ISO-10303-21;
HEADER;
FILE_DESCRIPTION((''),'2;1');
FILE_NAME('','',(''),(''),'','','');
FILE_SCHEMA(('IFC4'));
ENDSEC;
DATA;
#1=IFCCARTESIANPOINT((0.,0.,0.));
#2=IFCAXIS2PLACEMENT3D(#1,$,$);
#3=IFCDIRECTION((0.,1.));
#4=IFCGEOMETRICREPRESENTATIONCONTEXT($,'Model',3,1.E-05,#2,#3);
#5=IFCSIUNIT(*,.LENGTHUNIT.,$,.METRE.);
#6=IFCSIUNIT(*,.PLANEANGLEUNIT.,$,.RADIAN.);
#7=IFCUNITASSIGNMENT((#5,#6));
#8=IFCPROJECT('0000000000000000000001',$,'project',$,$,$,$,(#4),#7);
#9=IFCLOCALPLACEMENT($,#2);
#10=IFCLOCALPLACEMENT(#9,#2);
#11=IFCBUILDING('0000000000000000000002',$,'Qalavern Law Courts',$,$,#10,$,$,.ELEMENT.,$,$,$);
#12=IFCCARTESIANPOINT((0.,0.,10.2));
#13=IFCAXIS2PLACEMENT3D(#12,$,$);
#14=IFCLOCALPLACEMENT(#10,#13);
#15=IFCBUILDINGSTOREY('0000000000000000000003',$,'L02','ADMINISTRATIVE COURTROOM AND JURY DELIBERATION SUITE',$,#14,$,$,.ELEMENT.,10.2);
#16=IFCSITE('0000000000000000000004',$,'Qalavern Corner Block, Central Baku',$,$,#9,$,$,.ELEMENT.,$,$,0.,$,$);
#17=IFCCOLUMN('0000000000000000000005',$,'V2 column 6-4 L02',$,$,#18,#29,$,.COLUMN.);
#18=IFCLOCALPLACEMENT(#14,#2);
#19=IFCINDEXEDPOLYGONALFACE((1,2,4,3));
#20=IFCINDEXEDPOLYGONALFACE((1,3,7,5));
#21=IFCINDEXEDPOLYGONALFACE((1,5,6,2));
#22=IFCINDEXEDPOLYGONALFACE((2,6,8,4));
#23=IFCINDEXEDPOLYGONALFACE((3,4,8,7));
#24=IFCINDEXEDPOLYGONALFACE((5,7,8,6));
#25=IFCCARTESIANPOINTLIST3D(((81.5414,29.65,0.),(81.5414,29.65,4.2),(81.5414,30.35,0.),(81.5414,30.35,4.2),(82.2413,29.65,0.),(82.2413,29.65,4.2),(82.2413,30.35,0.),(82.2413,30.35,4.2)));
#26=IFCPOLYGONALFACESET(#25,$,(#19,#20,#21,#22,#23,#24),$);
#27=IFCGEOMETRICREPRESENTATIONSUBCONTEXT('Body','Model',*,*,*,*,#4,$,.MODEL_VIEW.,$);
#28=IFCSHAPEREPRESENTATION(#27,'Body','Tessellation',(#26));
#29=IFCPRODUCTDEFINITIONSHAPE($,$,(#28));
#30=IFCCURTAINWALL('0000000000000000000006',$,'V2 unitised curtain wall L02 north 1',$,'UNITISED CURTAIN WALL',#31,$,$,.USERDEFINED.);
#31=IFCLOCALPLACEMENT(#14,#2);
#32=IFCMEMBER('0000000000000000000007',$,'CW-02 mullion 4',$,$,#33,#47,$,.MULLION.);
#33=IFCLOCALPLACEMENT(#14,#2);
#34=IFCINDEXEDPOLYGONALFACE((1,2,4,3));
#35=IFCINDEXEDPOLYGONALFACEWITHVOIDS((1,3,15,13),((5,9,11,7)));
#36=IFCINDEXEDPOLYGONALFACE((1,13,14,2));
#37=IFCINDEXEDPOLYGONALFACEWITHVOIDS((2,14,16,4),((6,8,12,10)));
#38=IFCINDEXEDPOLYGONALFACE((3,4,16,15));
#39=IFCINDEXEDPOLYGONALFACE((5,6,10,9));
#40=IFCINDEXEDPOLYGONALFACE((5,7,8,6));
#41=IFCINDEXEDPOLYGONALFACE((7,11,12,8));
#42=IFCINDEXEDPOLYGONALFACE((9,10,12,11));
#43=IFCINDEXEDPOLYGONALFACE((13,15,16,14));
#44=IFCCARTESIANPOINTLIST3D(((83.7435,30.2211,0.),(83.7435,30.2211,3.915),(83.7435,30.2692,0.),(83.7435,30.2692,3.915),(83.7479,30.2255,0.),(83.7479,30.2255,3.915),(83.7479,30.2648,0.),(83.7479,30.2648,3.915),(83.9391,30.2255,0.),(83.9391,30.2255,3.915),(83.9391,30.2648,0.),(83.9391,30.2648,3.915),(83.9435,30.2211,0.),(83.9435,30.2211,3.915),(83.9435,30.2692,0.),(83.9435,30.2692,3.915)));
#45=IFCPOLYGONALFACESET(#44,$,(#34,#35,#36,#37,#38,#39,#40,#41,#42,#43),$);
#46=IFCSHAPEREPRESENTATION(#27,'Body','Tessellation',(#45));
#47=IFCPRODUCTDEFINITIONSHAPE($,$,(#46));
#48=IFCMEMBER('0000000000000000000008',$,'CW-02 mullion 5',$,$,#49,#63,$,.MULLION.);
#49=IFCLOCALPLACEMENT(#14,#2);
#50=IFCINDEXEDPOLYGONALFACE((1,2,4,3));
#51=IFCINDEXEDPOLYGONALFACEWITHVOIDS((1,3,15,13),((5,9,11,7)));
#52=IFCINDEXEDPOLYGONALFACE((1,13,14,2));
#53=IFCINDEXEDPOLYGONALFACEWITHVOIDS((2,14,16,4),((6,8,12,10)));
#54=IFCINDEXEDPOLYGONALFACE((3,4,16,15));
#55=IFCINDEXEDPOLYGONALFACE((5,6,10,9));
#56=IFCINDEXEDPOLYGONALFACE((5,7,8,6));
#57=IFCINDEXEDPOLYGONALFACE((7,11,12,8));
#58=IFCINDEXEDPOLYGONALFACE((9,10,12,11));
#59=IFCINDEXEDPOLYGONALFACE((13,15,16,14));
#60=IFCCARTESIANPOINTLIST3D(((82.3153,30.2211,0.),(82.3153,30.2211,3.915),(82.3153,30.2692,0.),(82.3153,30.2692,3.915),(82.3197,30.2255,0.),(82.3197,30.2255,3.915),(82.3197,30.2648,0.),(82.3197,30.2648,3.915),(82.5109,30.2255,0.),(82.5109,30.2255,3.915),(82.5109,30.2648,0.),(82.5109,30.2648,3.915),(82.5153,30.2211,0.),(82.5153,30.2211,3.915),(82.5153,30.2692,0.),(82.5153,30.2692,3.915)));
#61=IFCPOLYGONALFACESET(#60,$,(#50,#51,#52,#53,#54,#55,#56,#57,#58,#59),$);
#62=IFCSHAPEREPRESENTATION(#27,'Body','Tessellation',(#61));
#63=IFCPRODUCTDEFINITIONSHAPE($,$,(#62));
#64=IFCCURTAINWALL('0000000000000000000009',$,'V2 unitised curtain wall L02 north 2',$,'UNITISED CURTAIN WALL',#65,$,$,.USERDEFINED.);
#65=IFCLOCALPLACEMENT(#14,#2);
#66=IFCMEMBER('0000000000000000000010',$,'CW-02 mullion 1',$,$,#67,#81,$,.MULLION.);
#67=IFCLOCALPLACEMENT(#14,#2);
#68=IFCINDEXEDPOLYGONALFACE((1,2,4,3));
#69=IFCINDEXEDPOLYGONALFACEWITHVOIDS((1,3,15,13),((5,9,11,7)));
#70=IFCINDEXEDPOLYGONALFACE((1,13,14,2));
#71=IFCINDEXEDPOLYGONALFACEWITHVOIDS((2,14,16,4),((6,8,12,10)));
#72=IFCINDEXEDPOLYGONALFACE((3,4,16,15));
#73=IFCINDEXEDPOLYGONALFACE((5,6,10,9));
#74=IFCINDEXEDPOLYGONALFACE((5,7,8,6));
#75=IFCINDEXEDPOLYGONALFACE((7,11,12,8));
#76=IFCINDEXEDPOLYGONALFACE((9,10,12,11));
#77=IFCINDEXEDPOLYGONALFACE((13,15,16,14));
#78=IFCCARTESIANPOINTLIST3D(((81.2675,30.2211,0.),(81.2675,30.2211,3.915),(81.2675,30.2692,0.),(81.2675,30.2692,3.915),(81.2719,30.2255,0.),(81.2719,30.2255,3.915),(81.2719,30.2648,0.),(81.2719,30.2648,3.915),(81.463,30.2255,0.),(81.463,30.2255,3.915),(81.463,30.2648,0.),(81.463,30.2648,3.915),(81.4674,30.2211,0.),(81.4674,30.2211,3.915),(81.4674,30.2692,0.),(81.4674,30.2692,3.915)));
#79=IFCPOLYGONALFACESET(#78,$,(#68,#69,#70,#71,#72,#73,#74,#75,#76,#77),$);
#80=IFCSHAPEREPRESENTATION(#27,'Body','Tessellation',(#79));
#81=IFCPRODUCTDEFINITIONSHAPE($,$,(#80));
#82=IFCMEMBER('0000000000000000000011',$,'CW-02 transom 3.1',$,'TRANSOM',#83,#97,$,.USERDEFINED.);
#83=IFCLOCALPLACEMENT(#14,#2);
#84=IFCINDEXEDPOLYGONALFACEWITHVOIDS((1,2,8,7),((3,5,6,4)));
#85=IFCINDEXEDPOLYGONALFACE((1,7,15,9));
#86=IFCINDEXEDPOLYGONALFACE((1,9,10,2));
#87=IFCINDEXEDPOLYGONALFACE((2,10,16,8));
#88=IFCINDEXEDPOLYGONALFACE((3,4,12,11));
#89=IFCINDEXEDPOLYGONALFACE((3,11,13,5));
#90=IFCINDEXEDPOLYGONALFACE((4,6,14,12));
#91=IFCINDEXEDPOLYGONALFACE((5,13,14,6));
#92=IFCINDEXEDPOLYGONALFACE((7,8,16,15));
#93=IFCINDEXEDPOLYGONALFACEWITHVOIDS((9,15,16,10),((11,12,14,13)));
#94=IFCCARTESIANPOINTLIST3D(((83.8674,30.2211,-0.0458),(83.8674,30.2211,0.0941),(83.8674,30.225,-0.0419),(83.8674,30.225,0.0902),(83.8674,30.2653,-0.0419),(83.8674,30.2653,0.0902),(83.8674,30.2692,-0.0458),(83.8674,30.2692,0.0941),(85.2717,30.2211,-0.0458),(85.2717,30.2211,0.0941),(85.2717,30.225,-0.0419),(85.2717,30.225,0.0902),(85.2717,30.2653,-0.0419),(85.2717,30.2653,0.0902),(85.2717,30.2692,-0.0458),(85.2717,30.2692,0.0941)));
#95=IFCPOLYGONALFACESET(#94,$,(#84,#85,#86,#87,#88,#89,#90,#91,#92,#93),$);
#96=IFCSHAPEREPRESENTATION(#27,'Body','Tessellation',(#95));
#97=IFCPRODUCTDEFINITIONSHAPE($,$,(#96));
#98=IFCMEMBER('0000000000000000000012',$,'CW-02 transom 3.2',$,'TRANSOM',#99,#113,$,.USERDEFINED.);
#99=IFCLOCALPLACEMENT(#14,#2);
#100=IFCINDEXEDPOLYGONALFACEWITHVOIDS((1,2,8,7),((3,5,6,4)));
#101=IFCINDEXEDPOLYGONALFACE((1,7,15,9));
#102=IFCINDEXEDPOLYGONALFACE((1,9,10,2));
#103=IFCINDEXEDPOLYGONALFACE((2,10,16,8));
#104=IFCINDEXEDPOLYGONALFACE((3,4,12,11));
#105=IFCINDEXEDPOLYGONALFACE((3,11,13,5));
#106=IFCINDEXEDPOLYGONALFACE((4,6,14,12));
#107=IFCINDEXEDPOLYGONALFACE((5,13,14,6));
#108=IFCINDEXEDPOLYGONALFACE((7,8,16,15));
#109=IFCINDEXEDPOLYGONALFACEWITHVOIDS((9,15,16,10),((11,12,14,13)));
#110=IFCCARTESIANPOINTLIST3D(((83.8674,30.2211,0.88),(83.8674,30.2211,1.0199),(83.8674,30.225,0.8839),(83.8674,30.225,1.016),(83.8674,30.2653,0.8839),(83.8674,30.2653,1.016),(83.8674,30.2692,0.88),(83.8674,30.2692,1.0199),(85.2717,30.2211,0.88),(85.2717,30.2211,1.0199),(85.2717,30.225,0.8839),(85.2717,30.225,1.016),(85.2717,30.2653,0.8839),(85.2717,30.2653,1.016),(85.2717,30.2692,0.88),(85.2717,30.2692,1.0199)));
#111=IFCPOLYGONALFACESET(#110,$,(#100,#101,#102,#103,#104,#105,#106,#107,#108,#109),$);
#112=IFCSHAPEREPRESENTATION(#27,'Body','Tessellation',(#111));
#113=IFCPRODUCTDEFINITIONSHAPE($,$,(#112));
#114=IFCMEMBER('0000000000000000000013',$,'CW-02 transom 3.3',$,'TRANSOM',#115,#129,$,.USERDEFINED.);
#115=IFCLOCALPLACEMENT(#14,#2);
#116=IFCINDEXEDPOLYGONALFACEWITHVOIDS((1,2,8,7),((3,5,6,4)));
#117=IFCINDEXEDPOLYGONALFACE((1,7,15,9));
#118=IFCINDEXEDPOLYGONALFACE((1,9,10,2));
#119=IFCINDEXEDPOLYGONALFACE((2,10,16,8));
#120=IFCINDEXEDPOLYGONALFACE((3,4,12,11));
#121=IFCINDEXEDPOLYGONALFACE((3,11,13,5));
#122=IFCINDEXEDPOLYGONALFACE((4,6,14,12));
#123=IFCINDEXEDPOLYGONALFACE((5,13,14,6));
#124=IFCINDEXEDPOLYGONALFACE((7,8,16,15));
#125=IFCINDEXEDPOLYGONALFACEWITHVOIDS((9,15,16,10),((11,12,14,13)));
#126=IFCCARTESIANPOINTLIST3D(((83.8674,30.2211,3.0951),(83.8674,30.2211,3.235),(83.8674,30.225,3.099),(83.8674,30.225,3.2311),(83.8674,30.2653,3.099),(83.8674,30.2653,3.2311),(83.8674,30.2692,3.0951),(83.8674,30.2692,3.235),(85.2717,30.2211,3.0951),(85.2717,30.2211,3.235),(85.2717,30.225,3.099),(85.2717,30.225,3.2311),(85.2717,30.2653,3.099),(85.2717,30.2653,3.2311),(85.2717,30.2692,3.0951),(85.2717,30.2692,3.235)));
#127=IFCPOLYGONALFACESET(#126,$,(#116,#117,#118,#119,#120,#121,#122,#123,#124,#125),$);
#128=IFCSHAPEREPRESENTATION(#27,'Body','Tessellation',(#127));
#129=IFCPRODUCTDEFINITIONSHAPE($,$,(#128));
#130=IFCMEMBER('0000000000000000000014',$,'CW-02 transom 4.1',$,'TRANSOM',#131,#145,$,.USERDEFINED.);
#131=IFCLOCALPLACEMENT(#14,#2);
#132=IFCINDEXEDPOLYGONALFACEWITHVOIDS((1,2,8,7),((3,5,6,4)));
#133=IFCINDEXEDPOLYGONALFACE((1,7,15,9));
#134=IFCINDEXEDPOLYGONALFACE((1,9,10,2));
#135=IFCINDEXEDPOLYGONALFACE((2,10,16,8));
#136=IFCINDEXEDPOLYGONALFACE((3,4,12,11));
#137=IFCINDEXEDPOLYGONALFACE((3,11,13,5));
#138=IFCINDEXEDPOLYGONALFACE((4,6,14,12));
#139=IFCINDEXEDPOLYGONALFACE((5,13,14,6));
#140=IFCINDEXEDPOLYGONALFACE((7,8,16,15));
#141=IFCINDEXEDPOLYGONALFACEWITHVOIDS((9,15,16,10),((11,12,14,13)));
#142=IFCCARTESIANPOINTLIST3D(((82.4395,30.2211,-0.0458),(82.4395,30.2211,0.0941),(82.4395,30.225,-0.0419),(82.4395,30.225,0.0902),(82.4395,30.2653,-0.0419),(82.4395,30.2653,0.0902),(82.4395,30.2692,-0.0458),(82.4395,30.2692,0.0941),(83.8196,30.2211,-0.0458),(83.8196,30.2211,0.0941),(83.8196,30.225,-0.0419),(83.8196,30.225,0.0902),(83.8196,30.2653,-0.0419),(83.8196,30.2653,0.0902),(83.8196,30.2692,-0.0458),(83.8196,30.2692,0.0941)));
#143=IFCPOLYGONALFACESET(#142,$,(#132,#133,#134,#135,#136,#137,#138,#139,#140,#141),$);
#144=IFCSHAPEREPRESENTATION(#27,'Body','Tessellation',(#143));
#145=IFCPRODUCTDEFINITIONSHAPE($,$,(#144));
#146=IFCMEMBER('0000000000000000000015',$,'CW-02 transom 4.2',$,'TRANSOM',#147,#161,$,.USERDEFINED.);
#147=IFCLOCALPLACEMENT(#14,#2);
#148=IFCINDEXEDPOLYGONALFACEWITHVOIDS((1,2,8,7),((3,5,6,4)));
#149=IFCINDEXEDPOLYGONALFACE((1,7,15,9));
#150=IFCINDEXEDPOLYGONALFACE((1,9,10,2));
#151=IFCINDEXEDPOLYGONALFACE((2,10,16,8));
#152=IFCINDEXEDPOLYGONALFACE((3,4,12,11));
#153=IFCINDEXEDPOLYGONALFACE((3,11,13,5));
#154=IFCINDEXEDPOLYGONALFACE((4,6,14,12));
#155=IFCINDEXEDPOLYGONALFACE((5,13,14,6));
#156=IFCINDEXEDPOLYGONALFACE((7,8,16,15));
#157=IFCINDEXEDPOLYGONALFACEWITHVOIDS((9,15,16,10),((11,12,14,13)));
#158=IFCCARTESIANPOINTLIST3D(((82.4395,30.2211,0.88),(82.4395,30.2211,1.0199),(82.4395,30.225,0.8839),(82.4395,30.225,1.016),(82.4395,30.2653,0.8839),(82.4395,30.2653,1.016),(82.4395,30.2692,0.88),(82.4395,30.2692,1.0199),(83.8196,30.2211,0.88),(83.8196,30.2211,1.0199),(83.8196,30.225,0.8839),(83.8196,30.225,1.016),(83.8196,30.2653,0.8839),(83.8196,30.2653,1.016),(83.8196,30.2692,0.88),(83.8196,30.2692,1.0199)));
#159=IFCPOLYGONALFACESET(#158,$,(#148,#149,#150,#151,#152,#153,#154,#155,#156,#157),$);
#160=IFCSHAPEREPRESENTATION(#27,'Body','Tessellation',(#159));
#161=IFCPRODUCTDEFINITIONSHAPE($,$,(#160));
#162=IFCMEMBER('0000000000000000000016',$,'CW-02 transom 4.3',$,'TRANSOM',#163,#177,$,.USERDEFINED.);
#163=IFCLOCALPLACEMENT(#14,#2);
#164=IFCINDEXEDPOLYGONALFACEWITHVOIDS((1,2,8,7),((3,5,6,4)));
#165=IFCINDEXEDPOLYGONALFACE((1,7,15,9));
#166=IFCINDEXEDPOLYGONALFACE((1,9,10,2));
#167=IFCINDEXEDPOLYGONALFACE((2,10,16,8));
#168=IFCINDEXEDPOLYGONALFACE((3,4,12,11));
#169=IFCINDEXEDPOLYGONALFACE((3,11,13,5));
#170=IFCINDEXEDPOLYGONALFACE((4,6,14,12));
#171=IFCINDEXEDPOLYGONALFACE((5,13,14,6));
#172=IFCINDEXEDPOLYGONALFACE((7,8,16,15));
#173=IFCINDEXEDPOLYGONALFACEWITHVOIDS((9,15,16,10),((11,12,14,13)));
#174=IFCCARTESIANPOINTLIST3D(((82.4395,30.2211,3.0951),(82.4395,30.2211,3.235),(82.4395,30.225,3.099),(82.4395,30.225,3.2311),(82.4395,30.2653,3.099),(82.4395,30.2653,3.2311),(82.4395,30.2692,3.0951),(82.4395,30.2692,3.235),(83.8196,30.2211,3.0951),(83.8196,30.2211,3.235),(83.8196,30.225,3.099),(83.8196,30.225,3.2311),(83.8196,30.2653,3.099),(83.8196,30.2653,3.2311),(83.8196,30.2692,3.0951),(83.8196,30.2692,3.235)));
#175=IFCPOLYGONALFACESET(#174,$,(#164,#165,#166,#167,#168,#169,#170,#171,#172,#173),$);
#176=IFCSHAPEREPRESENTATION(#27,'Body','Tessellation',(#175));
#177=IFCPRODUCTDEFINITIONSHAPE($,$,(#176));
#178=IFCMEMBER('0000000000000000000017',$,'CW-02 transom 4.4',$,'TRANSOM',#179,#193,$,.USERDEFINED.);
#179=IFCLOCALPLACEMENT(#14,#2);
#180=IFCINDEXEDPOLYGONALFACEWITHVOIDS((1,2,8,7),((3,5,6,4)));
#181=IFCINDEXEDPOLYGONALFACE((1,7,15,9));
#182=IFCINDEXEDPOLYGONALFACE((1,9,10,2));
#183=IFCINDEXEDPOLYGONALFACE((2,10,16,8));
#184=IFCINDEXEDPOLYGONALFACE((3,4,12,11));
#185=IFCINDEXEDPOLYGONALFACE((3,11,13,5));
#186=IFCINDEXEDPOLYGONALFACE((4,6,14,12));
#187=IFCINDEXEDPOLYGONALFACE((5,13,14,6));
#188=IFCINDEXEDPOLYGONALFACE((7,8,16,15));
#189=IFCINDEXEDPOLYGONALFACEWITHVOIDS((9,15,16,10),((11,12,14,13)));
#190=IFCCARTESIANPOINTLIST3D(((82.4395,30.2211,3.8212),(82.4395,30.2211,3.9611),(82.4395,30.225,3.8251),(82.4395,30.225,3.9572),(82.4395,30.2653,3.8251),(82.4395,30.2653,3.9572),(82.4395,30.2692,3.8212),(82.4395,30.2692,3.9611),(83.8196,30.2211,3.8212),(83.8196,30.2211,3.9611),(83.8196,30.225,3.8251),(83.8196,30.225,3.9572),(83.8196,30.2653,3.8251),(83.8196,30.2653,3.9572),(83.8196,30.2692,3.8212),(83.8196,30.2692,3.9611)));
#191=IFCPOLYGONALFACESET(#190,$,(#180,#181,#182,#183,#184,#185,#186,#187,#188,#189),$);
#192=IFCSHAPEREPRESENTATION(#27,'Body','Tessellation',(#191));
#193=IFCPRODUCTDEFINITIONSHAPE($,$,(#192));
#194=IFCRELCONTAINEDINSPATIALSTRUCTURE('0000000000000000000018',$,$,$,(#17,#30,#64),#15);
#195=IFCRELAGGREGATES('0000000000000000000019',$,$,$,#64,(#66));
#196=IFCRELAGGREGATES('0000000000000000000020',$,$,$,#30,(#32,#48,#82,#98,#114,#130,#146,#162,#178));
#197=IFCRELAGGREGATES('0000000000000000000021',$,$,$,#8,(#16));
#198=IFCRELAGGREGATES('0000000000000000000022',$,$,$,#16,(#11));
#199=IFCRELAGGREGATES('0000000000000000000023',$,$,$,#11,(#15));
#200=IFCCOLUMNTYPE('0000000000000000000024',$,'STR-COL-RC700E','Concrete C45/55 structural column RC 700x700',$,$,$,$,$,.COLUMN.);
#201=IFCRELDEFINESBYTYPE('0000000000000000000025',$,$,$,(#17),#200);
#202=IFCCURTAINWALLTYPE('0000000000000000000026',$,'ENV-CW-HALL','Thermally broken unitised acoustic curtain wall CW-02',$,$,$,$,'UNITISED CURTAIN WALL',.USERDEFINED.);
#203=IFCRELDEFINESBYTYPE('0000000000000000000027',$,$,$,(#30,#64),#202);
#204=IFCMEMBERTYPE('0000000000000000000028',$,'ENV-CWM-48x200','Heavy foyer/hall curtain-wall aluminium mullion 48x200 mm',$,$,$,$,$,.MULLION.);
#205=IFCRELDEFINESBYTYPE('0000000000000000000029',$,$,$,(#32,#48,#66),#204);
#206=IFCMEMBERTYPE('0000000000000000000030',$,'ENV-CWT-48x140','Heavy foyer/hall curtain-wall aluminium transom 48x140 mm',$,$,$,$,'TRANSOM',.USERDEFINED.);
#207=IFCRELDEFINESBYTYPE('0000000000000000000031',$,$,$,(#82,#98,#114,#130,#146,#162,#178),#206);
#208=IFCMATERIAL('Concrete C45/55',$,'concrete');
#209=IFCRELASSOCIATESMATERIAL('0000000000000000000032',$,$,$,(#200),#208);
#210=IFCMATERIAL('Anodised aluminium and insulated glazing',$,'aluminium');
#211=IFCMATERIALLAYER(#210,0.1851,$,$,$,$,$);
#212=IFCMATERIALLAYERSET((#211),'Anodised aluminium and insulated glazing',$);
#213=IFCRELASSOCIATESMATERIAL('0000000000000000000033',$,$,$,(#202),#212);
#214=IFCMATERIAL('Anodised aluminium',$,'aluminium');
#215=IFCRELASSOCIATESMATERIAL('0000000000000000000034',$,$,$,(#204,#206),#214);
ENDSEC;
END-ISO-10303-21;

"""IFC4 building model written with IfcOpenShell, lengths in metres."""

from ifc_helpers import new_model, si_unit, direction, frame, origin, origin_2d, place, context, subcontext, project, spatial, rectangle, hollow_rectangle, extrude, material, layer, layer_set, material_profile, profile_set, type_object, element, aggregate, save


model = new_model("IFC4")

# Units and contexts
model_context = context("Model", 3, precision=1e-05, world=origin(), true_north=direction((0.0, 1.0)))
body_context = subcontext(model_context, "Body", "Model", "MODEL_VIEW")
ifc_project = project(units=[si_unit("LENGTHUNIT", "METRE"), si_unit("PLANEANGLEUNIT", "RADIAN")], contexts=[model_context])

# Site, building, storey
site_placement = place(None, origin())
site = spatial("IfcSite", under=ifc_project, at=site_placement, Name="Qalavern Corner Block, Central Baku", CompositionType="ELEMENT", RefElevation=0.0)
building_placement = place(site_placement, origin())
building = spatial("IfcBuilding", under=site, at=building_placement, Name="Qalavern Law Courts", CompositionType="ELEMENT")
storey_placement = place(building_placement, frame((0.0, 0.0, 10.2)))
storey = spatial("IfcBuildingStorey", under=building, at=storey_placement, Name="L02", Description="ADMINISTRATIVE COURTROOM AND JURY DELIBERATION SUITE", CompositionType="ELEMENT", Elevation=10.2)

# Column
ifc_material_1 = material(Name="Concrete C45/55", Category="concrete")
ifc_material_profile_1 = material_profile(ifc_material_1, rectangle(XDim=0.7, YDim=0.7, at=origin_2d()), Name="RC 700x700")
ifc_profile_set_1 = profile_set([ifc_material_profile_1], Name="Concrete C45/55")
column_type = type_object("IfcColumnType", Name="STR-COL-RC700E", Description="Concrete C45/55 structural column RC 700x700", PredefinedType="COLUMN", material=ifc_profile_set_1)
column_placement = place(storey_placement, frame((81.8914, 30.0, 0.0), z_axis=(0.0, 0.0, 1.0), x_axis=(1.0, 0.0, 0.0)))
element("IfcColumn", 1, at=column_placement, inside=storey, type_object=column_type, Name="V2 column 6-4 L02", PredefinedType="COLUMN", context=body_context, shape_type="SweptSolid", body=[
    extrude(rectangle(XDim=0.7, YDim=0.7, at=origin_2d()), origin(), (0.0, 0.0, 1.0), 4.2),
])

# Curtain wall, members
ifc_material_2 = material(Name="Anodised aluminium and insulated glazing", Category="aluminium")
ifc_layer_1 = layer(ifc_material_2, 0.1851)
ifc_layer_set_1 = layer_set([ifc_layer_1], Name="Anodised aluminium and insulated glazing")
curtain_wall_type = type_object("IfcCurtainWallType", Name="ENV-CW-HALL", Description="Thermally broken unitised acoustic curtain wall CW-02", ElementType="UNITISED CURTAIN WALL", PredefinedType="USERDEFINED", material=ifc_layer_set_1)
curtain_wall_1_placement = place(storey_placement, origin())
curtain_wall_1 = element("IfcCurtainWall", 2, at=curtain_wall_1_placement, inside=storey, type_object=curtain_wall_type, Name="V2 unitised curtain wall L02 north 1", ObjectType="UNITISED CURTAIN WALL", PredefinedType="USERDEFINED")
ifc_material_3 = material(Name="Anodised aluminium", Category="aluminium")
ifc_material_profile_2 = material_profile(ifc_material_3, hollow_rectangle(XDim=0.0481, YDim=0.2, WallThickness=0.0044, at=origin_2d()), Name="ALU MULLION 48x200")
ifc_profile_set_2 = profile_set([ifc_material_profile_2], Name="Anodised aluminium")
member_type_1 = type_object("IfcMemberType", Name="ENV-CWM-48x200", Description="Heavy foyer/hall curtain-wall aluminium mullion 48x200 mm", PredefinedType="MULLION", material=ifc_profile_set_2)
member_1_placement = place(storey_placement, frame((83.8435, 30.2451, 0.0), z_axis=(0.0, 0.0, 1.0), x_axis=(0.0, -1.0, 0.0)))
member_1 = element("IfcMember", 3, at=member_1_placement, type_object=member_type_1, Name="CW-02 mullion 4", PredefinedType="MULLION", context=body_context, shape_type="SweptSolid", body=[
    extrude(hollow_rectangle(XDim=0.0481, YDim=0.2, WallThickness=0.0044, at=origin_2d()), origin(), (0.0, 0.0, 1.0), 3.915),
])
member_2_placement = place(storey_placement, frame((82.4153, 30.2451, 0.0), z_axis=(0.0, 0.0, 1.0), x_axis=(0.0, -1.0, 0.0)))
member_2 = element("IfcMember", 4, at=member_2_placement, type_object=member_type_1, Name="CW-02 mullion 5", PredefinedType="MULLION", context=body_context, shape_type="SweptSolid", body=[
    extrude(hollow_rectangle(XDim=0.0481, YDim=0.2, WallThickness=0.0044, at=origin_2d()), origin(), (0.0, 0.0, 1.0), 3.915),
])

# Curtain wall, member
curtain_wall_2_placement = place(storey_placement, origin())
curtain_wall_2 = element("IfcCurtainWall", 5, at=curtain_wall_2_placement, inside=storey, type_object=curtain_wall_type, Name="V2 unitised curtain wall L02 north 2", ObjectType="UNITISED CURTAIN WALL", PredefinedType="USERDEFINED")
member_3_placement = place(storey_placement, frame((81.3674, 30.2451, 0.0), z_axis=(0.0, 0.0, 1.0), x_axis=(0.0, -1.0, 0.0)))
member_3 = element("IfcMember", 6, at=member_3_placement, type_object=member_type_1, Name="CW-02 mullion 1", PredefinedType="MULLION", context=body_context, shape_type="SweptSolid", body=[
    extrude(hollow_rectangle(XDim=0.0481, YDim=0.2, WallThickness=0.0044, at=origin_2d()), origin(), (0.0, 0.0, 1.0), 3.915),
])

# Members
ifc_material_profile_3 = material_profile(ifc_material_3, hollow_rectangle(XDim=0.0481, YDim=0.1399, WallThickness=0.0039, at=origin_2d()), Name="ALU TRANSOM 48x140")
ifc_profile_set_3 = profile_set([ifc_material_profile_3], Name="Anodised aluminium")
member_type_2 = type_object("IfcMemberType", Name="ENV-CWT-48x140", Description="Heavy foyer/hall curtain-wall aluminium transom 48x140 mm", ElementType="TRANSOM", PredefinedType="USERDEFINED", material=ifc_profile_set_3)
member_4_placement = place(storey_placement, frame((85.2717, 30.2451, 0.0242), z_axis=(-1.0, 0.0, 0.0), x_axis=(0.0, -1.0, 0.0)))
member_4 = element("IfcMember", 7, at=member_4_placement, type_object=member_type_2, Name="CW-02 transom 3.1", ObjectType="TRANSOM", PredefinedType="USERDEFINED", context=body_context, shape_type="SweptSolid", body=[
    extrude(hollow_rectangle(XDim=0.0481, YDim=0.1399, WallThickness=0.0039, at=origin_2d()), origin(), (0.0, 0.0, 1.0), 1.4043),
])
member_5_placement = place(storey_placement, frame((85.2717, 30.2451, 0.95), z_axis=(-1.0, 0.0, 0.0), x_axis=(0.0, -1.0, 0.0)))
member_5 = element("IfcMember", 8, at=member_5_placement, type_object=member_type_2, Name="CW-02 transom 3.2", ObjectType="TRANSOM", PredefinedType="USERDEFINED", context=body_context, shape_type="SweptSolid", body=[
    extrude(hollow_rectangle(XDim=0.0481, YDim=0.1399, WallThickness=0.0039, at=origin_2d()), origin(), (0.0, 0.0, 1.0), 1.4043),
])
member_6_placement = place(storey_placement, frame((85.2717, 30.2451, 3.165), z_axis=(-1.0, 0.0, 0.0), x_axis=(0.0, -1.0, 0.0)))
member_6 = element("IfcMember", 9, at=member_6_placement, type_object=member_type_2, Name="CW-02 transom 3.3", ObjectType="TRANSOM", PredefinedType="USERDEFINED", context=body_context, shape_type="SweptSolid", body=[
    extrude(hollow_rectangle(XDim=0.0481, YDim=0.1399, WallThickness=0.0039, at=origin_2d()), origin(), (0.0, 0.0, 1.0), 1.4043),
])
member_7_placement = place(storey_placement, frame((83.8196, 30.2451, 0.0242), z_axis=(-1.0, 0.0, 0.0), x_axis=(0.0, -1.0, 0.0)))
member_7 = element("IfcMember", 10, at=member_7_placement, type_object=member_type_2, Name="CW-02 transom 4.1", ObjectType="TRANSOM", PredefinedType="USERDEFINED", context=body_context, shape_type="SweptSolid", body=[
    extrude(hollow_rectangle(XDim=0.0481, YDim=0.1399, WallThickness=0.0039, at=origin_2d()), origin(), (0.0, 0.0, 1.0), 1.3801),
])
member_8_placement = place(storey_placement, frame((83.8196, 30.2451, 0.95), z_axis=(-1.0, 0.0, 0.0), x_axis=(0.0, -1.0, 0.0)))
member_8 = element("IfcMember", 11, at=member_8_placement, type_object=member_type_2, Name="CW-02 transom 4.2", ObjectType="TRANSOM", PredefinedType="USERDEFINED", context=body_context, shape_type="SweptSolid", body=[
    extrude(hollow_rectangle(XDim=0.0481, YDim=0.1399, WallThickness=0.0039, at=origin_2d()), origin(), (0.0, 0.0, 1.0), 1.3801),
])
member_9_placement = place(storey_placement, frame((83.8196, 30.2451, 3.165), z_axis=(-1.0, 0.0, 0.0), x_axis=(0.0, -1.0, 0.0)))
member_9 = element("IfcMember", 12, at=member_9_placement, type_object=member_type_2, Name="CW-02 transom 4.3", ObjectType="TRANSOM", PredefinedType="USERDEFINED", context=body_context, shape_type="SweptSolid", body=[
    extrude(hollow_rectangle(XDim=0.0481, YDim=0.1399, WallThickness=0.0039, at=origin_2d()), origin(), (0.0, 0.0, 1.0), 1.3801),
])
member_10_placement = place(storey_placement, frame((83.8196, 30.2451, 3.8911), z_axis=(-1.0, 0.0, 0.0), x_axis=(0.0, -1.0, 0.0)))
member_10 = element("IfcMember", 13, at=member_10_placement, type_object=member_type_2, Name="CW-02 transom 4.4", ObjectType="TRANSOM", PredefinedType="USERDEFINED", context=body_context, shape_type="SweptSolid", body=[
    extrude(hollow_rectangle(XDim=0.0481, YDim=0.1399, WallThickness=0.0039, at=origin_2d()), origin(), (0.0, 0.0, 1.0), 1.3801),
])
aggregate(curtain_wall_2, [member_3])

aggregate(curtain_wall_1, [member_1, member_2, member_4, member_5, member_6, member_7, member_8, member_9, member_10])

save(model, "model.ifc")
